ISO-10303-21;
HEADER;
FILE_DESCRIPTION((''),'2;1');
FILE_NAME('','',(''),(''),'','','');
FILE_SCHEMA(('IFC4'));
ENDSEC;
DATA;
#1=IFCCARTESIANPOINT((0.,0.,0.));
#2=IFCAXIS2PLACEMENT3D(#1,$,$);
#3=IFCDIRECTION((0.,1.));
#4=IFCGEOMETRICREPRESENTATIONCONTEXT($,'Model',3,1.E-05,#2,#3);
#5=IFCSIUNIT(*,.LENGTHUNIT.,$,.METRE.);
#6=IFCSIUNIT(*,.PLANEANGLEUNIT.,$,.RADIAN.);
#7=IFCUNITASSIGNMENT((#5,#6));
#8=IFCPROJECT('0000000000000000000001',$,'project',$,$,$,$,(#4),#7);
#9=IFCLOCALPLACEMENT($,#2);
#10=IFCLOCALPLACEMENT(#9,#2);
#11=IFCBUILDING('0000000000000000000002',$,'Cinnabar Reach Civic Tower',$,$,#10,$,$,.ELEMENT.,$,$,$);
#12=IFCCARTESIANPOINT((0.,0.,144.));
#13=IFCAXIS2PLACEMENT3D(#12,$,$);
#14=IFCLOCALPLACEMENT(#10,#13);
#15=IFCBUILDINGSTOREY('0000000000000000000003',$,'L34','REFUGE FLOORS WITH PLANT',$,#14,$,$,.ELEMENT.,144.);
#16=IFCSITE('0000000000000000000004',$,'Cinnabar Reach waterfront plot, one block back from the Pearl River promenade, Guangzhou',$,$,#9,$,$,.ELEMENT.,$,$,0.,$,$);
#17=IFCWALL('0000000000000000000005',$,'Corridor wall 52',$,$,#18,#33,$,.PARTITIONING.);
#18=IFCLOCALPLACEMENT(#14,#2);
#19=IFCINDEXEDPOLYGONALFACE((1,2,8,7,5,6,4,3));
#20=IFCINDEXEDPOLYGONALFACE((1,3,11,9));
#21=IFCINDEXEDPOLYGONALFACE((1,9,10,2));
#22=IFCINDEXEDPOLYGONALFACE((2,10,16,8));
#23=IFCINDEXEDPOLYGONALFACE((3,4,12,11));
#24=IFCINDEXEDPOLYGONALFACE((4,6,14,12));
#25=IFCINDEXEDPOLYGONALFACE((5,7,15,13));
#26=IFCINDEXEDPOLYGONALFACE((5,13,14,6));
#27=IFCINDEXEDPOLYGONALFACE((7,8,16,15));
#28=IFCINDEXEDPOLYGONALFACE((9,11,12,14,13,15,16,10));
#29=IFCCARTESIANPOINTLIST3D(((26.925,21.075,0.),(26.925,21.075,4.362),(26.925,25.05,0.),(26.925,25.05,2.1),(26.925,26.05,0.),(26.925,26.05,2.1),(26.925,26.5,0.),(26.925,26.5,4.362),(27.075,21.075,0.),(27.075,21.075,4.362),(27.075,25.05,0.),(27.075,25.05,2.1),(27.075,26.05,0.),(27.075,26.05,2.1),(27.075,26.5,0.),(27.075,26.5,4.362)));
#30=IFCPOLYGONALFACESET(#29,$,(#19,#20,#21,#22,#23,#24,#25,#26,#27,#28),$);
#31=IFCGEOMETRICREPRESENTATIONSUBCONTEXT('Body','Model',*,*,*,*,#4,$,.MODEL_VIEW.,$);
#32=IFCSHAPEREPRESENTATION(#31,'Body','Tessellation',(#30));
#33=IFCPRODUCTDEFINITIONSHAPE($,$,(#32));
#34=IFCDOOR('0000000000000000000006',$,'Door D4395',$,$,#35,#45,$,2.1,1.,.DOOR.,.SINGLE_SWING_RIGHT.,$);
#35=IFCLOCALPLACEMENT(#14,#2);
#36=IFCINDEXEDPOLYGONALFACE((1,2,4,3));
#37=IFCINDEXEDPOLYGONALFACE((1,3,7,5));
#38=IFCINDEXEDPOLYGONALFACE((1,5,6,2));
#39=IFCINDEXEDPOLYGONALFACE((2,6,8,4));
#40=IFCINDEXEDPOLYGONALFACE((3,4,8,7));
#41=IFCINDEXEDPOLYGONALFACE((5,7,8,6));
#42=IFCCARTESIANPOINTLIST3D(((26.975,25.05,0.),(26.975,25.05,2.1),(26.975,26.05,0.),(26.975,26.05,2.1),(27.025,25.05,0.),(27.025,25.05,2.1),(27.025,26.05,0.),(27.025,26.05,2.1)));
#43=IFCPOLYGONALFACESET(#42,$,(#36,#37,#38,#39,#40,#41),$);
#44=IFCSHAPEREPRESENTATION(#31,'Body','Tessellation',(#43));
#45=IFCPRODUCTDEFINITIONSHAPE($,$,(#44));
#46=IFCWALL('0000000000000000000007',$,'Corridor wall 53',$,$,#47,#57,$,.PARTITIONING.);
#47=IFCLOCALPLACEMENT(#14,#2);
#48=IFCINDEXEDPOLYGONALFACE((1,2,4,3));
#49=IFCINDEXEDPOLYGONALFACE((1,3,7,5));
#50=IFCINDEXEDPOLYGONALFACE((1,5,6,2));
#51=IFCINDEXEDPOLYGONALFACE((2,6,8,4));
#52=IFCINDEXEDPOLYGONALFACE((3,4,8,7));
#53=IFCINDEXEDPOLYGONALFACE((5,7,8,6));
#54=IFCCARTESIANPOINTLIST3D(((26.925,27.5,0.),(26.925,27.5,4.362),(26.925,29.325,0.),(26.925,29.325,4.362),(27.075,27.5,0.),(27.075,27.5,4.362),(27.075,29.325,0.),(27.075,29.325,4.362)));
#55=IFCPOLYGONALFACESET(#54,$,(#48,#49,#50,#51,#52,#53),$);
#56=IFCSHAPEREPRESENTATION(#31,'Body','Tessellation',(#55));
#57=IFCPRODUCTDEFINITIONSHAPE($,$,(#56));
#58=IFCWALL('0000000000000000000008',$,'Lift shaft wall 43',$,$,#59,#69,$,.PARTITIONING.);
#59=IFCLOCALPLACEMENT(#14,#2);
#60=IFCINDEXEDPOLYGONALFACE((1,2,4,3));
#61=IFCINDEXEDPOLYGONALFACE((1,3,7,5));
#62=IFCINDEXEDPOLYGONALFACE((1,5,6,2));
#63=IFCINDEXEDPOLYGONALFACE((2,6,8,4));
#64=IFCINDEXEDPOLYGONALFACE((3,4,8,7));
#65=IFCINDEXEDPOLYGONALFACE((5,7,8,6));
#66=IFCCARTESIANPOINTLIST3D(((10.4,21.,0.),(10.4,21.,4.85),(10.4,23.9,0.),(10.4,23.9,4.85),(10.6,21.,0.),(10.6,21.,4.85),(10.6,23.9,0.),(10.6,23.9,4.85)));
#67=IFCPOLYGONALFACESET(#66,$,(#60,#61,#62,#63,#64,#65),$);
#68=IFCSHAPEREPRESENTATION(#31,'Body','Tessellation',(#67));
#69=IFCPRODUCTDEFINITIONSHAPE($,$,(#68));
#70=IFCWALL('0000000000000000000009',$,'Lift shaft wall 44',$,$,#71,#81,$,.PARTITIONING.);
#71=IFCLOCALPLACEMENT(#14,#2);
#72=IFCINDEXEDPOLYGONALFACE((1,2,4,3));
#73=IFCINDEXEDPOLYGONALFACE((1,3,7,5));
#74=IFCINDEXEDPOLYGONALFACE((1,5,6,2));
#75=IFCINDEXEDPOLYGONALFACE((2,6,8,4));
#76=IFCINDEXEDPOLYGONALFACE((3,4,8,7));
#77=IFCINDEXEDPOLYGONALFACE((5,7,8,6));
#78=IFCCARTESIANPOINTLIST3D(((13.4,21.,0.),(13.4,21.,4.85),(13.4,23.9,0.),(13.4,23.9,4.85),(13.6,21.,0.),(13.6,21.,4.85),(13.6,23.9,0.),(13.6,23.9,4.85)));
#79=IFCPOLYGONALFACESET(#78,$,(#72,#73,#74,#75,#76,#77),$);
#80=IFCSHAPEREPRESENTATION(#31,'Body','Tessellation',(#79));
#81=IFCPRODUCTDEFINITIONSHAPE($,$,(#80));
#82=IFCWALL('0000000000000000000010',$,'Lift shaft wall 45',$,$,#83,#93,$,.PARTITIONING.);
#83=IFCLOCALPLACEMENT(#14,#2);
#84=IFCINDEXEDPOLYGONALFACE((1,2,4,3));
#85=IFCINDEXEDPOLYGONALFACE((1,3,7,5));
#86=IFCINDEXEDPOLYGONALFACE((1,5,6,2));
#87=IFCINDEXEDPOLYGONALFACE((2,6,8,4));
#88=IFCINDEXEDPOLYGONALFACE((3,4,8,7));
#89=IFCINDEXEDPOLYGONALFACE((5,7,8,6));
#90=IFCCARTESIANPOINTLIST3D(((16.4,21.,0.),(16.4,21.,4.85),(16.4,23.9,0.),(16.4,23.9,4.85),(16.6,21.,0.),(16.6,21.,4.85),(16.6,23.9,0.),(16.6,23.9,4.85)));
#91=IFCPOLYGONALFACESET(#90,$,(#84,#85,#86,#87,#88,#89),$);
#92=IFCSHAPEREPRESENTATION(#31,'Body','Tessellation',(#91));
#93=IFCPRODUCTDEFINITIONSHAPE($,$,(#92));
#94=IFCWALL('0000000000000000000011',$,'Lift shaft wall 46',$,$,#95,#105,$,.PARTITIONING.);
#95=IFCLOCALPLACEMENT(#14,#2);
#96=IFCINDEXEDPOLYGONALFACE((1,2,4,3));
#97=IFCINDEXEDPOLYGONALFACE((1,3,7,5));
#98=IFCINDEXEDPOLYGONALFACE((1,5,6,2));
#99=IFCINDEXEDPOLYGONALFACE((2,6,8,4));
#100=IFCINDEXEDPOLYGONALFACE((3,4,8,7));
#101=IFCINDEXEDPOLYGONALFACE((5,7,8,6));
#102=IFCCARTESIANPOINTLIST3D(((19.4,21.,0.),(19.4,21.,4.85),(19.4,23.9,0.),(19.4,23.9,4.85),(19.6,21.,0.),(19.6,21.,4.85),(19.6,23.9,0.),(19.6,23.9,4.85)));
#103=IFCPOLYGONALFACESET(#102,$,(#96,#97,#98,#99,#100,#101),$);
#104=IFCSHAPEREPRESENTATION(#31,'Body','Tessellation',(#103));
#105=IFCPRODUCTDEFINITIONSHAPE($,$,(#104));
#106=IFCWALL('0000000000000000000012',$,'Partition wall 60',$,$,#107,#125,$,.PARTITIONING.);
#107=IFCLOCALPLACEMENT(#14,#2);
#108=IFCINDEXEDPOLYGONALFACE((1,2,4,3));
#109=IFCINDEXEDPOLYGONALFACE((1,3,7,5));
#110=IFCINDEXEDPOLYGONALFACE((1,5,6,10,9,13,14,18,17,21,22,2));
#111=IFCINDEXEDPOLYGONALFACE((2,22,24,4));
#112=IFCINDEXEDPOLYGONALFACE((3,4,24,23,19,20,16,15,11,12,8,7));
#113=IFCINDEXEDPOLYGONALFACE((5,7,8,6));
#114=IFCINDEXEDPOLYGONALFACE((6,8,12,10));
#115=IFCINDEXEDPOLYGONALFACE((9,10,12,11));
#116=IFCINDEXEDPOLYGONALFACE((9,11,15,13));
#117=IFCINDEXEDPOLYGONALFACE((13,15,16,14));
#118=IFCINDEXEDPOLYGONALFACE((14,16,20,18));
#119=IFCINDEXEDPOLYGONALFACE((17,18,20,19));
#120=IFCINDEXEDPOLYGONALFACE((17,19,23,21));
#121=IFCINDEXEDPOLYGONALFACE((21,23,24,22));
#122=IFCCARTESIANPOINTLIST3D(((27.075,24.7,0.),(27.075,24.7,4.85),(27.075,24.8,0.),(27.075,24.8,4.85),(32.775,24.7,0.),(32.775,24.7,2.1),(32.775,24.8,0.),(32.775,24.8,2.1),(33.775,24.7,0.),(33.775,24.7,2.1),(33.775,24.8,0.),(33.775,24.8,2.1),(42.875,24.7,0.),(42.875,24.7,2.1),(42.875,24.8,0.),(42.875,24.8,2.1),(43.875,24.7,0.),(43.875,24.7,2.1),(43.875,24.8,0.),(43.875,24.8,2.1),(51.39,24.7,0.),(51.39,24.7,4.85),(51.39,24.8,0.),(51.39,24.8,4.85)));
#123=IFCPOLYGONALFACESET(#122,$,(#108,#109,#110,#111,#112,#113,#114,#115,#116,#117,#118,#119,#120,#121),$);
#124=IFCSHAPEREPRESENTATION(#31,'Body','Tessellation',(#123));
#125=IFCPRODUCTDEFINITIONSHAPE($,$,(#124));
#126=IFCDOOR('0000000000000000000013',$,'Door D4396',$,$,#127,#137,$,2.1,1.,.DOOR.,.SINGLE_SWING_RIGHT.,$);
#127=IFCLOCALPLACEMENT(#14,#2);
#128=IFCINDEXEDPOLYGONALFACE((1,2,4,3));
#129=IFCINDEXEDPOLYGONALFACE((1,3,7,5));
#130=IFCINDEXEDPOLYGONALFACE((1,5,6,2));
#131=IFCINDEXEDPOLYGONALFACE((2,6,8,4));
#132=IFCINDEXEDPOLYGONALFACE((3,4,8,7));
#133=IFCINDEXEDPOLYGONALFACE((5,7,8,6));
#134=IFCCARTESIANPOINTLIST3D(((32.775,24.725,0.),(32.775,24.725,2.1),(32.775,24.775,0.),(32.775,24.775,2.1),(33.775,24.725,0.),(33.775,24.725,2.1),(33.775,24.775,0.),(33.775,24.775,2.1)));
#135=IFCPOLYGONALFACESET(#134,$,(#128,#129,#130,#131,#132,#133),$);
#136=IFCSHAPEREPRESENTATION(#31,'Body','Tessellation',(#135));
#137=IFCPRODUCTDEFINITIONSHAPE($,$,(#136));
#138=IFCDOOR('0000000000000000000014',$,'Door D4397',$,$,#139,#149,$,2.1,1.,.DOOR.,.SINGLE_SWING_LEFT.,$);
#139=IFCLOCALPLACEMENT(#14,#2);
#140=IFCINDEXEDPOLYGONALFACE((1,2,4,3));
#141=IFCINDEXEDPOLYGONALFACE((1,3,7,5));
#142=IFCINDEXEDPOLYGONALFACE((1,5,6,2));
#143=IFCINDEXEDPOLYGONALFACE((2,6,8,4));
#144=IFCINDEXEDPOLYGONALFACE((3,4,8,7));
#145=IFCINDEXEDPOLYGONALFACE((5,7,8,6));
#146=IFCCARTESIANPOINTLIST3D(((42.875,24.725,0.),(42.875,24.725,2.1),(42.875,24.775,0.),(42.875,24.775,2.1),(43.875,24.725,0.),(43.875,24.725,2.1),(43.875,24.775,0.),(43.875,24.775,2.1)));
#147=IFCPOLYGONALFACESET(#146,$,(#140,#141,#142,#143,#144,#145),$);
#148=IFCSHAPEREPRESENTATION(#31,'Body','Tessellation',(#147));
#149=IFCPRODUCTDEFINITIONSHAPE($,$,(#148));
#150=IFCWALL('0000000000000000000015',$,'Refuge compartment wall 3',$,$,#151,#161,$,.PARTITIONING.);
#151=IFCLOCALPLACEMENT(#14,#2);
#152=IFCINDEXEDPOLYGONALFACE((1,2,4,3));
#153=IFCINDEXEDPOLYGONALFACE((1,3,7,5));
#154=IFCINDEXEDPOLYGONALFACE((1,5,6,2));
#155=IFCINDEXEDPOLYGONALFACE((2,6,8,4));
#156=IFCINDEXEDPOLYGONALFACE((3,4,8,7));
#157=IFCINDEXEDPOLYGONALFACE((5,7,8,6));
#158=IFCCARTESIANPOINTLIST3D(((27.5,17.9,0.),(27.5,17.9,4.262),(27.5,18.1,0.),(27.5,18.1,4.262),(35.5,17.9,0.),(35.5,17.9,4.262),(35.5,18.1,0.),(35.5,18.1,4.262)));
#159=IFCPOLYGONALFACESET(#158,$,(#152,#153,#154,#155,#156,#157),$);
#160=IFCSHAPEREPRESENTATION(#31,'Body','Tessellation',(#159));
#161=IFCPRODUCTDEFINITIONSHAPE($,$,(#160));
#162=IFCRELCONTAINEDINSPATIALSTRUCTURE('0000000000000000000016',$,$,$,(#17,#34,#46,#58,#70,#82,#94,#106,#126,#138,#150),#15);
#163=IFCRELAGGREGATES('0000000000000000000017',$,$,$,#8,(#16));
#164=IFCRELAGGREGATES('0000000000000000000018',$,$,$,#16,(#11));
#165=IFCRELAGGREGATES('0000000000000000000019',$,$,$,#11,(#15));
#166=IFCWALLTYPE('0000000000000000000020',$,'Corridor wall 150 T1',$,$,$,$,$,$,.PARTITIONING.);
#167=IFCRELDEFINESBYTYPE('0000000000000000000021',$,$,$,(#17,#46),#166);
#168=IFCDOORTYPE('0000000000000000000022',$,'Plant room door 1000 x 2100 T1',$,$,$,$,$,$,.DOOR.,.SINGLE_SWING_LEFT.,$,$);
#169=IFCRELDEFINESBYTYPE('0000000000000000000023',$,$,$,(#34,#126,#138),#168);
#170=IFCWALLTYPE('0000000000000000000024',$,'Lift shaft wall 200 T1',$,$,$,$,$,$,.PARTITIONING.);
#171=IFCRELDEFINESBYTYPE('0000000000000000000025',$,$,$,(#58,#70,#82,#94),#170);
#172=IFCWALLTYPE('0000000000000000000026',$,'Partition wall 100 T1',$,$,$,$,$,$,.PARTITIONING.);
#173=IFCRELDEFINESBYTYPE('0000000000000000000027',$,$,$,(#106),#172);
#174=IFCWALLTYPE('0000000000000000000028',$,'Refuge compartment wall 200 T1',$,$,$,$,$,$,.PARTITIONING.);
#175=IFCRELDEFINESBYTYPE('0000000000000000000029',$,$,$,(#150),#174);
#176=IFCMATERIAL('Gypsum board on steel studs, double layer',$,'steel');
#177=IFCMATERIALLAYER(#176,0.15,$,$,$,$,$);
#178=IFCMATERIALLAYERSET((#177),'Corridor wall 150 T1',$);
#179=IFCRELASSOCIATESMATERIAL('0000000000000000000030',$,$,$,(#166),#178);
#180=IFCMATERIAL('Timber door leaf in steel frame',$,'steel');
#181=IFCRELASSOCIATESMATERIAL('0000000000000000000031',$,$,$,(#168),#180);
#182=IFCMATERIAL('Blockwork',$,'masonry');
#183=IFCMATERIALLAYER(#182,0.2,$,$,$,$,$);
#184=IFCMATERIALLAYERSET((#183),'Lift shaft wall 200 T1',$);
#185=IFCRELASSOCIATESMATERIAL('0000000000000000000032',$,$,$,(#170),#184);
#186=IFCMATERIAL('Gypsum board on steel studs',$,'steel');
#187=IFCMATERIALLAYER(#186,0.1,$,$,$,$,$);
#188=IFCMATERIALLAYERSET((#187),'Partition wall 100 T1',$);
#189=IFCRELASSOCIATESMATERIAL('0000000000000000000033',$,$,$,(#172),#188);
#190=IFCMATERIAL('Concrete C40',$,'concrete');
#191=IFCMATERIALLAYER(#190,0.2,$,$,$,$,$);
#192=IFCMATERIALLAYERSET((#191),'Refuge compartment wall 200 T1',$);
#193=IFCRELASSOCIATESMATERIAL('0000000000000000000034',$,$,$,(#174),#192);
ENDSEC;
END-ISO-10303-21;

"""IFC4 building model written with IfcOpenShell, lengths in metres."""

from ifc_helpers import new_model, si_unit, direction, frame, frame_2d, origin, place, context, subcontext, project, spatial, rectangle, extrude, material, layer, layer_set, type_object, element, fill, save


model = new_model("IFC4")

# Units and contexts
model_context = context("Model", 3, precision=1e-05, world=origin(), true_north=direction((0.0, 1.0)))
body_context = subcontext(model_context, "Body", "Model", "MODEL_VIEW")
ifc_project = project(units=[si_unit("LENGTHUNIT", "METRE"), si_unit("PLANEANGLEUNIT", "RADIAN")], contexts=[model_context])

# Site, building, storey
site_placement = place(None, origin())
site = spatial("IfcSite", under=ifc_project, at=site_placement, Name="Cinnabar Reach waterfront plot, one block back from the Pearl River promenade, Guangzhou", CompositionType="ELEMENT", RefElevation=0.0)
building_placement = place(site_placement, origin())
building = spatial("IfcBuilding", under=site, at=building_placement, Name="Cinnabar Reach Civic Tower", CompositionType="ELEMENT")
storey_placement = place(building_placement, frame((0.0, 0.0, 144.0)))
storey = spatial("IfcBuildingStorey", under=building, at=storey_placement, Name="L34", Description="REFUGE FLOORS WITH PLANT", CompositionType="ELEMENT", Elevation=144.0)

# Shared definitions
ifc_material_1 = material(Name="Timber door leaf in steel frame", Category="steel")

# Shared definitions
ifc_material_2 = material(Name="Gypsum board on steel studs, double layer", Category="steel")
ifc_layer_1 = layer(ifc_material_2, 0.15)
ifc_layer_set_1 = layer_set([ifc_layer_1], Name="Corridor wall 150 T1")
wall_type_1 = type_object("IfcWallType", Name="Corridor wall 150 T1", PredefinedType="PARTITIONING", material=ifc_layer_set_1)

# Wall, opening, door
wall_1_placement = place(storey_placement, frame((27.0, 21.075, 0.0), z_axis=(0.0, 0.0, 1.0), x_axis=(0.0, 1.0, 0.0)))
wall_1 = element("IfcWall", 1, at=wall_1_placement, inside=storey, type_object=wall_type_1, Name="Corridor wall 52", PredefinedType="PARTITIONING", context=body_context, shape_type="SweptSolid", body=[
    extrude(rectangle(XDim=5.425, YDim=0.15, at=frame_2d((2.7125, 0.0))), origin(), (0.0, 0.0, 1.0), 4.362),
])
opening_1_placement = place(wall_1_placement, frame((3.975, 0.0, 0.0)))
opening_1 = element("IfcOpeningElement", 2, at=opening_1_placement, cuts=wall_1, PredefinedType="OPENING", context=body_context, shape_type="SweptSolid", body=[
    extrude(rectangle(XDim=1.0, YDim=2.1, at=frame_2d((0.5, 1.05))), frame((0.0, 0.085, 0.0), z_axis=(0.0, -1.0, 0.0), x_axis=(1.0, 0.0, 0.0)), (0.0, 0.0, 1.0), 0.17),
])
door_type_1 = type_object("IfcDoorType", Name="Plant room door 1000 x 2100 T1", OperationType="SINGLE_SWING_LEFT", PredefinedType="DOOR", material=ifc_material_1)
door_1_placement = place(opening_1_placement, frame((1.0, 0.0, 0.0), z_axis=(0.0, 0.0, 1.0), x_axis=(-1.0, 0.0, 0.0)))
door_1 = element("IfcDoor", 3, at=door_1_placement, inside=storey, type_object=door_type_1, Name="Door D4395", OperationType="SINGLE_SWING_RIGHT", OverallHeight=2.1, OverallWidth=1.0, PredefinedType="DOOR", context=body_context, shape_type="SweptSolid", body=[
    extrude(rectangle(XDim=1.0, YDim=2.1, at=frame_2d((0.5, 1.05))), frame((0.0, 0.025, 0.0), z_axis=(0.0, -1.0, 0.0), x_axis=(1.0, 0.0, 0.0)), (0.0, 0.0, 1.0), 0.05),
])
fill(opening_1, door_1)

# Walls
wall_2_placement = place(storey_placement, frame((27.0, 27.5, 0.0), z_axis=(0.0, 0.0, 1.0), x_axis=(0.0, 1.0, 0.0)))
element("IfcWall", 4, at=wall_2_placement, inside=storey, type_object=wall_type_1, Name="Corridor wall 53", PredefinedType="PARTITIONING", context=body_context, shape_type="SweptSolid", body=[
    extrude(rectangle(XDim=1.825, YDim=0.15, at=frame_2d((0.9125, 0.0))), origin(), (0.0, 0.0, 1.0), 4.362),
])
ifc_material_3 = material(Name="Blockwork", Category="masonry")
ifc_layer_2 = layer(ifc_material_3, 0.2)
ifc_layer_set_2 = layer_set([ifc_layer_2], Name="Lift shaft wall 200 T1")
wall_type_2 = type_object("IfcWallType", Name="Lift shaft wall 200 T1", PredefinedType="PARTITIONING", material=ifc_layer_set_2)
for number, where, z_axis, x_axis, name in (
    (5, (10.5, 21.0, 0.0), (0.0, 0.0, 1.0), (0.0, 1.0, 0.0), "Lift shaft wall 43"),
    (6, (13.5, 21.0, 0.0), (0.0, 0.0, 1.0), (0.0, 1.0, 0.0), "Lift shaft wall 44"),
    (7, (16.5, 21.0, 0.0), (0.0, 0.0, 1.0), (0.0, 1.0, 0.0), "Lift shaft wall 45"),
    (8, (19.5, 21.0, 0.0), (0.0, 0.0, 1.0), (0.0, 1.0, 0.0), "Lift shaft wall 46"),
):
    element("IfcWall", number, at=place(storey_placement, frame(where, z_axis=z_axis, x_axis=x_axis)), inside=storey, type_object=wall_type_2, Name=name, PredefinedType="PARTITIONING", context=body_context, shape_type="SweptSolid", body=[
        extrude(rectangle(XDim=2.9, YDim=0.2, at=frame_2d((1.45, 0.0))), origin(), (0.0, 0.0, 1.0), 4.85),
    ])

# Wall, openings, doors
ifc_material_4 = material(Name="Gypsum board on steel studs", Category="steel")
ifc_layer_3 = layer(ifc_material_4, 0.1)
ifc_layer_set_3 = layer_set([ifc_layer_3], Name="Partition wall 100 T1")
wall_type_3 = type_object("IfcWallType", Name="Partition wall 100 T1", PredefinedType="PARTITIONING", material=ifc_layer_set_3)
wall_3_placement = place(storey_placement, frame((27.075, 24.75, 0.0), z_axis=(0.0, 0.0, 1.0), x_axis=(1.0, 0.0, 0.0)))
wall_3 = element("IfcWall", 9, at=wall_3_placement, inside=storey, type_object=wall_type_3, Name="Partition wall 60", PredefinedType="PARTITIONING", context=body_context, shape_type="SweptSolid", body=[
    extrude(rectangle(XDim=24.315, YDim=0.1, at=frame_2d((12.1575, 0.0))), origin(), (0.0, 0.0, 1.0), 4.85),
])
opening_2_placement = place(wall_3_placement, frame((5.7, 0.0, 0.0)))
opening_2 = element("IfcOpeningElement", 10, at=opening_2_placement, cuts=wall_3, PredefinedType="OPENING", context=body_context, shape_type="SweptSolid", body=[
    extrude(rectangle(XDim=1.0, YDim=2.1, at=frame_2d((0.5, 1.05))), frame((0.0, 0.06, 0.0), z_axis=(0.0, -1.0, 0.0), x_axis=(1.0, 0.0, 0.0)), (0.0, 0.0, 1.0), 0.12),
])
opening_3_placement = place(wall_3_placement, frame((15.8, 0.0, 0.0)))
opening_3 = element("IfcOpeningElement", 11, at=opening_3_placement, cuts=wall_3, PredefinedType="OPENING", context=body_context, shape_type="SweptSolid", body=[
    extrude(rectangle(XDim=1.0, YDim=2.1, at=frame_2d((0.5, 1.05))), frame((0.0, 0.06, 0.0), z_axis=(0.0, -1.0, 0.0), x_axis=(1.0, 0.0, 0.0)), (0.0, 0.0, 1.0), 0.12),
])
door_2_placement = place(opening_2_placement, origin())
door_2 = element("IfcDoor", 12, at=door_2_placement, inside=storey, type_object=door_type_1, Name="Door D4396", OperationType="SINGLE_SWING_RIGHT", OverallHeight=2.1, OverallWidth=1.0, PredefinedType="DOOR", context=body_context, shape_type="SweptSolid", body=[
    extrude(rectangle(XDim=1.0, YDim=2.1, at=frame_2d((0.5, 1.05))), frame((0.0, 0.025, 0.0), z_axis=(0.0, -1.0, 0.0), x_axis=(1.0, 0.0, 0.0)), (0.0, 0.0, 1.0), 0.05),
])
fill(opening_2, door_2)
door_3_placement = place(opening_3_placement, origin())
door_3 = element("IfcDoor", 13, at=door_3_placement, inside=storey, type_object=door_type_1, Name="Door D4397", OperationType="SINGLE_SWING_LEFT", OverallHeight=2.1, OverallWidth=1.0, PredefinedType="DOOR", context=body_context, shape_type="SweptSolid", body=[
    extrude(rectangle(XDim=1.0, YDim=2.1, at=frame_2d((0.5, 1.05))), frame((0.0, 0.025, 0.0), z_axis=(0.0, -1.0, 0.0), x_axis=(1.0, 0.0, 0.0)), (0.0, 0.0, 1.0), 0.05),
])
fill(opening_3, door_3)

# Wall
ifc_material_5 = material(Name="Concrete C40", Category="concrete")
ifc_layer_4 = layer(ifc_material_5, 0.2)
ifc_layer_set_4 = layer_set([ifc_layer_4], Name="Refuge compartment wall 200 T1")
wall_type_4 = type_object("IfcWallType", Name="Refuge compartment wall 200 T1", PredefinedType="PARTITIONING", material=ifc_layer_set_4)
wall_4_placement = place(storey_placement, frame((27.5, 18.0, 0.0), z_axis=(0.0, 0.0, 1.0), x_axis=(1.0, 0.0, 0.0)))
element("IfcWall", 14, at=wall_4_placement, inside=storey, type_object=wall_type_4, Name="Refuge compartment wall 3", PredefinedType="PARTITIONING", context=body_context, shape_type="SweptSolid", body=[
    extrude(rectangle(XDim=8.0, YDim=0.2, at=frame_2d((4.0, 0.0))), origin(), (0.0, 0.0, 1.0), 4.262),
])

save(model, "model.ifc")
